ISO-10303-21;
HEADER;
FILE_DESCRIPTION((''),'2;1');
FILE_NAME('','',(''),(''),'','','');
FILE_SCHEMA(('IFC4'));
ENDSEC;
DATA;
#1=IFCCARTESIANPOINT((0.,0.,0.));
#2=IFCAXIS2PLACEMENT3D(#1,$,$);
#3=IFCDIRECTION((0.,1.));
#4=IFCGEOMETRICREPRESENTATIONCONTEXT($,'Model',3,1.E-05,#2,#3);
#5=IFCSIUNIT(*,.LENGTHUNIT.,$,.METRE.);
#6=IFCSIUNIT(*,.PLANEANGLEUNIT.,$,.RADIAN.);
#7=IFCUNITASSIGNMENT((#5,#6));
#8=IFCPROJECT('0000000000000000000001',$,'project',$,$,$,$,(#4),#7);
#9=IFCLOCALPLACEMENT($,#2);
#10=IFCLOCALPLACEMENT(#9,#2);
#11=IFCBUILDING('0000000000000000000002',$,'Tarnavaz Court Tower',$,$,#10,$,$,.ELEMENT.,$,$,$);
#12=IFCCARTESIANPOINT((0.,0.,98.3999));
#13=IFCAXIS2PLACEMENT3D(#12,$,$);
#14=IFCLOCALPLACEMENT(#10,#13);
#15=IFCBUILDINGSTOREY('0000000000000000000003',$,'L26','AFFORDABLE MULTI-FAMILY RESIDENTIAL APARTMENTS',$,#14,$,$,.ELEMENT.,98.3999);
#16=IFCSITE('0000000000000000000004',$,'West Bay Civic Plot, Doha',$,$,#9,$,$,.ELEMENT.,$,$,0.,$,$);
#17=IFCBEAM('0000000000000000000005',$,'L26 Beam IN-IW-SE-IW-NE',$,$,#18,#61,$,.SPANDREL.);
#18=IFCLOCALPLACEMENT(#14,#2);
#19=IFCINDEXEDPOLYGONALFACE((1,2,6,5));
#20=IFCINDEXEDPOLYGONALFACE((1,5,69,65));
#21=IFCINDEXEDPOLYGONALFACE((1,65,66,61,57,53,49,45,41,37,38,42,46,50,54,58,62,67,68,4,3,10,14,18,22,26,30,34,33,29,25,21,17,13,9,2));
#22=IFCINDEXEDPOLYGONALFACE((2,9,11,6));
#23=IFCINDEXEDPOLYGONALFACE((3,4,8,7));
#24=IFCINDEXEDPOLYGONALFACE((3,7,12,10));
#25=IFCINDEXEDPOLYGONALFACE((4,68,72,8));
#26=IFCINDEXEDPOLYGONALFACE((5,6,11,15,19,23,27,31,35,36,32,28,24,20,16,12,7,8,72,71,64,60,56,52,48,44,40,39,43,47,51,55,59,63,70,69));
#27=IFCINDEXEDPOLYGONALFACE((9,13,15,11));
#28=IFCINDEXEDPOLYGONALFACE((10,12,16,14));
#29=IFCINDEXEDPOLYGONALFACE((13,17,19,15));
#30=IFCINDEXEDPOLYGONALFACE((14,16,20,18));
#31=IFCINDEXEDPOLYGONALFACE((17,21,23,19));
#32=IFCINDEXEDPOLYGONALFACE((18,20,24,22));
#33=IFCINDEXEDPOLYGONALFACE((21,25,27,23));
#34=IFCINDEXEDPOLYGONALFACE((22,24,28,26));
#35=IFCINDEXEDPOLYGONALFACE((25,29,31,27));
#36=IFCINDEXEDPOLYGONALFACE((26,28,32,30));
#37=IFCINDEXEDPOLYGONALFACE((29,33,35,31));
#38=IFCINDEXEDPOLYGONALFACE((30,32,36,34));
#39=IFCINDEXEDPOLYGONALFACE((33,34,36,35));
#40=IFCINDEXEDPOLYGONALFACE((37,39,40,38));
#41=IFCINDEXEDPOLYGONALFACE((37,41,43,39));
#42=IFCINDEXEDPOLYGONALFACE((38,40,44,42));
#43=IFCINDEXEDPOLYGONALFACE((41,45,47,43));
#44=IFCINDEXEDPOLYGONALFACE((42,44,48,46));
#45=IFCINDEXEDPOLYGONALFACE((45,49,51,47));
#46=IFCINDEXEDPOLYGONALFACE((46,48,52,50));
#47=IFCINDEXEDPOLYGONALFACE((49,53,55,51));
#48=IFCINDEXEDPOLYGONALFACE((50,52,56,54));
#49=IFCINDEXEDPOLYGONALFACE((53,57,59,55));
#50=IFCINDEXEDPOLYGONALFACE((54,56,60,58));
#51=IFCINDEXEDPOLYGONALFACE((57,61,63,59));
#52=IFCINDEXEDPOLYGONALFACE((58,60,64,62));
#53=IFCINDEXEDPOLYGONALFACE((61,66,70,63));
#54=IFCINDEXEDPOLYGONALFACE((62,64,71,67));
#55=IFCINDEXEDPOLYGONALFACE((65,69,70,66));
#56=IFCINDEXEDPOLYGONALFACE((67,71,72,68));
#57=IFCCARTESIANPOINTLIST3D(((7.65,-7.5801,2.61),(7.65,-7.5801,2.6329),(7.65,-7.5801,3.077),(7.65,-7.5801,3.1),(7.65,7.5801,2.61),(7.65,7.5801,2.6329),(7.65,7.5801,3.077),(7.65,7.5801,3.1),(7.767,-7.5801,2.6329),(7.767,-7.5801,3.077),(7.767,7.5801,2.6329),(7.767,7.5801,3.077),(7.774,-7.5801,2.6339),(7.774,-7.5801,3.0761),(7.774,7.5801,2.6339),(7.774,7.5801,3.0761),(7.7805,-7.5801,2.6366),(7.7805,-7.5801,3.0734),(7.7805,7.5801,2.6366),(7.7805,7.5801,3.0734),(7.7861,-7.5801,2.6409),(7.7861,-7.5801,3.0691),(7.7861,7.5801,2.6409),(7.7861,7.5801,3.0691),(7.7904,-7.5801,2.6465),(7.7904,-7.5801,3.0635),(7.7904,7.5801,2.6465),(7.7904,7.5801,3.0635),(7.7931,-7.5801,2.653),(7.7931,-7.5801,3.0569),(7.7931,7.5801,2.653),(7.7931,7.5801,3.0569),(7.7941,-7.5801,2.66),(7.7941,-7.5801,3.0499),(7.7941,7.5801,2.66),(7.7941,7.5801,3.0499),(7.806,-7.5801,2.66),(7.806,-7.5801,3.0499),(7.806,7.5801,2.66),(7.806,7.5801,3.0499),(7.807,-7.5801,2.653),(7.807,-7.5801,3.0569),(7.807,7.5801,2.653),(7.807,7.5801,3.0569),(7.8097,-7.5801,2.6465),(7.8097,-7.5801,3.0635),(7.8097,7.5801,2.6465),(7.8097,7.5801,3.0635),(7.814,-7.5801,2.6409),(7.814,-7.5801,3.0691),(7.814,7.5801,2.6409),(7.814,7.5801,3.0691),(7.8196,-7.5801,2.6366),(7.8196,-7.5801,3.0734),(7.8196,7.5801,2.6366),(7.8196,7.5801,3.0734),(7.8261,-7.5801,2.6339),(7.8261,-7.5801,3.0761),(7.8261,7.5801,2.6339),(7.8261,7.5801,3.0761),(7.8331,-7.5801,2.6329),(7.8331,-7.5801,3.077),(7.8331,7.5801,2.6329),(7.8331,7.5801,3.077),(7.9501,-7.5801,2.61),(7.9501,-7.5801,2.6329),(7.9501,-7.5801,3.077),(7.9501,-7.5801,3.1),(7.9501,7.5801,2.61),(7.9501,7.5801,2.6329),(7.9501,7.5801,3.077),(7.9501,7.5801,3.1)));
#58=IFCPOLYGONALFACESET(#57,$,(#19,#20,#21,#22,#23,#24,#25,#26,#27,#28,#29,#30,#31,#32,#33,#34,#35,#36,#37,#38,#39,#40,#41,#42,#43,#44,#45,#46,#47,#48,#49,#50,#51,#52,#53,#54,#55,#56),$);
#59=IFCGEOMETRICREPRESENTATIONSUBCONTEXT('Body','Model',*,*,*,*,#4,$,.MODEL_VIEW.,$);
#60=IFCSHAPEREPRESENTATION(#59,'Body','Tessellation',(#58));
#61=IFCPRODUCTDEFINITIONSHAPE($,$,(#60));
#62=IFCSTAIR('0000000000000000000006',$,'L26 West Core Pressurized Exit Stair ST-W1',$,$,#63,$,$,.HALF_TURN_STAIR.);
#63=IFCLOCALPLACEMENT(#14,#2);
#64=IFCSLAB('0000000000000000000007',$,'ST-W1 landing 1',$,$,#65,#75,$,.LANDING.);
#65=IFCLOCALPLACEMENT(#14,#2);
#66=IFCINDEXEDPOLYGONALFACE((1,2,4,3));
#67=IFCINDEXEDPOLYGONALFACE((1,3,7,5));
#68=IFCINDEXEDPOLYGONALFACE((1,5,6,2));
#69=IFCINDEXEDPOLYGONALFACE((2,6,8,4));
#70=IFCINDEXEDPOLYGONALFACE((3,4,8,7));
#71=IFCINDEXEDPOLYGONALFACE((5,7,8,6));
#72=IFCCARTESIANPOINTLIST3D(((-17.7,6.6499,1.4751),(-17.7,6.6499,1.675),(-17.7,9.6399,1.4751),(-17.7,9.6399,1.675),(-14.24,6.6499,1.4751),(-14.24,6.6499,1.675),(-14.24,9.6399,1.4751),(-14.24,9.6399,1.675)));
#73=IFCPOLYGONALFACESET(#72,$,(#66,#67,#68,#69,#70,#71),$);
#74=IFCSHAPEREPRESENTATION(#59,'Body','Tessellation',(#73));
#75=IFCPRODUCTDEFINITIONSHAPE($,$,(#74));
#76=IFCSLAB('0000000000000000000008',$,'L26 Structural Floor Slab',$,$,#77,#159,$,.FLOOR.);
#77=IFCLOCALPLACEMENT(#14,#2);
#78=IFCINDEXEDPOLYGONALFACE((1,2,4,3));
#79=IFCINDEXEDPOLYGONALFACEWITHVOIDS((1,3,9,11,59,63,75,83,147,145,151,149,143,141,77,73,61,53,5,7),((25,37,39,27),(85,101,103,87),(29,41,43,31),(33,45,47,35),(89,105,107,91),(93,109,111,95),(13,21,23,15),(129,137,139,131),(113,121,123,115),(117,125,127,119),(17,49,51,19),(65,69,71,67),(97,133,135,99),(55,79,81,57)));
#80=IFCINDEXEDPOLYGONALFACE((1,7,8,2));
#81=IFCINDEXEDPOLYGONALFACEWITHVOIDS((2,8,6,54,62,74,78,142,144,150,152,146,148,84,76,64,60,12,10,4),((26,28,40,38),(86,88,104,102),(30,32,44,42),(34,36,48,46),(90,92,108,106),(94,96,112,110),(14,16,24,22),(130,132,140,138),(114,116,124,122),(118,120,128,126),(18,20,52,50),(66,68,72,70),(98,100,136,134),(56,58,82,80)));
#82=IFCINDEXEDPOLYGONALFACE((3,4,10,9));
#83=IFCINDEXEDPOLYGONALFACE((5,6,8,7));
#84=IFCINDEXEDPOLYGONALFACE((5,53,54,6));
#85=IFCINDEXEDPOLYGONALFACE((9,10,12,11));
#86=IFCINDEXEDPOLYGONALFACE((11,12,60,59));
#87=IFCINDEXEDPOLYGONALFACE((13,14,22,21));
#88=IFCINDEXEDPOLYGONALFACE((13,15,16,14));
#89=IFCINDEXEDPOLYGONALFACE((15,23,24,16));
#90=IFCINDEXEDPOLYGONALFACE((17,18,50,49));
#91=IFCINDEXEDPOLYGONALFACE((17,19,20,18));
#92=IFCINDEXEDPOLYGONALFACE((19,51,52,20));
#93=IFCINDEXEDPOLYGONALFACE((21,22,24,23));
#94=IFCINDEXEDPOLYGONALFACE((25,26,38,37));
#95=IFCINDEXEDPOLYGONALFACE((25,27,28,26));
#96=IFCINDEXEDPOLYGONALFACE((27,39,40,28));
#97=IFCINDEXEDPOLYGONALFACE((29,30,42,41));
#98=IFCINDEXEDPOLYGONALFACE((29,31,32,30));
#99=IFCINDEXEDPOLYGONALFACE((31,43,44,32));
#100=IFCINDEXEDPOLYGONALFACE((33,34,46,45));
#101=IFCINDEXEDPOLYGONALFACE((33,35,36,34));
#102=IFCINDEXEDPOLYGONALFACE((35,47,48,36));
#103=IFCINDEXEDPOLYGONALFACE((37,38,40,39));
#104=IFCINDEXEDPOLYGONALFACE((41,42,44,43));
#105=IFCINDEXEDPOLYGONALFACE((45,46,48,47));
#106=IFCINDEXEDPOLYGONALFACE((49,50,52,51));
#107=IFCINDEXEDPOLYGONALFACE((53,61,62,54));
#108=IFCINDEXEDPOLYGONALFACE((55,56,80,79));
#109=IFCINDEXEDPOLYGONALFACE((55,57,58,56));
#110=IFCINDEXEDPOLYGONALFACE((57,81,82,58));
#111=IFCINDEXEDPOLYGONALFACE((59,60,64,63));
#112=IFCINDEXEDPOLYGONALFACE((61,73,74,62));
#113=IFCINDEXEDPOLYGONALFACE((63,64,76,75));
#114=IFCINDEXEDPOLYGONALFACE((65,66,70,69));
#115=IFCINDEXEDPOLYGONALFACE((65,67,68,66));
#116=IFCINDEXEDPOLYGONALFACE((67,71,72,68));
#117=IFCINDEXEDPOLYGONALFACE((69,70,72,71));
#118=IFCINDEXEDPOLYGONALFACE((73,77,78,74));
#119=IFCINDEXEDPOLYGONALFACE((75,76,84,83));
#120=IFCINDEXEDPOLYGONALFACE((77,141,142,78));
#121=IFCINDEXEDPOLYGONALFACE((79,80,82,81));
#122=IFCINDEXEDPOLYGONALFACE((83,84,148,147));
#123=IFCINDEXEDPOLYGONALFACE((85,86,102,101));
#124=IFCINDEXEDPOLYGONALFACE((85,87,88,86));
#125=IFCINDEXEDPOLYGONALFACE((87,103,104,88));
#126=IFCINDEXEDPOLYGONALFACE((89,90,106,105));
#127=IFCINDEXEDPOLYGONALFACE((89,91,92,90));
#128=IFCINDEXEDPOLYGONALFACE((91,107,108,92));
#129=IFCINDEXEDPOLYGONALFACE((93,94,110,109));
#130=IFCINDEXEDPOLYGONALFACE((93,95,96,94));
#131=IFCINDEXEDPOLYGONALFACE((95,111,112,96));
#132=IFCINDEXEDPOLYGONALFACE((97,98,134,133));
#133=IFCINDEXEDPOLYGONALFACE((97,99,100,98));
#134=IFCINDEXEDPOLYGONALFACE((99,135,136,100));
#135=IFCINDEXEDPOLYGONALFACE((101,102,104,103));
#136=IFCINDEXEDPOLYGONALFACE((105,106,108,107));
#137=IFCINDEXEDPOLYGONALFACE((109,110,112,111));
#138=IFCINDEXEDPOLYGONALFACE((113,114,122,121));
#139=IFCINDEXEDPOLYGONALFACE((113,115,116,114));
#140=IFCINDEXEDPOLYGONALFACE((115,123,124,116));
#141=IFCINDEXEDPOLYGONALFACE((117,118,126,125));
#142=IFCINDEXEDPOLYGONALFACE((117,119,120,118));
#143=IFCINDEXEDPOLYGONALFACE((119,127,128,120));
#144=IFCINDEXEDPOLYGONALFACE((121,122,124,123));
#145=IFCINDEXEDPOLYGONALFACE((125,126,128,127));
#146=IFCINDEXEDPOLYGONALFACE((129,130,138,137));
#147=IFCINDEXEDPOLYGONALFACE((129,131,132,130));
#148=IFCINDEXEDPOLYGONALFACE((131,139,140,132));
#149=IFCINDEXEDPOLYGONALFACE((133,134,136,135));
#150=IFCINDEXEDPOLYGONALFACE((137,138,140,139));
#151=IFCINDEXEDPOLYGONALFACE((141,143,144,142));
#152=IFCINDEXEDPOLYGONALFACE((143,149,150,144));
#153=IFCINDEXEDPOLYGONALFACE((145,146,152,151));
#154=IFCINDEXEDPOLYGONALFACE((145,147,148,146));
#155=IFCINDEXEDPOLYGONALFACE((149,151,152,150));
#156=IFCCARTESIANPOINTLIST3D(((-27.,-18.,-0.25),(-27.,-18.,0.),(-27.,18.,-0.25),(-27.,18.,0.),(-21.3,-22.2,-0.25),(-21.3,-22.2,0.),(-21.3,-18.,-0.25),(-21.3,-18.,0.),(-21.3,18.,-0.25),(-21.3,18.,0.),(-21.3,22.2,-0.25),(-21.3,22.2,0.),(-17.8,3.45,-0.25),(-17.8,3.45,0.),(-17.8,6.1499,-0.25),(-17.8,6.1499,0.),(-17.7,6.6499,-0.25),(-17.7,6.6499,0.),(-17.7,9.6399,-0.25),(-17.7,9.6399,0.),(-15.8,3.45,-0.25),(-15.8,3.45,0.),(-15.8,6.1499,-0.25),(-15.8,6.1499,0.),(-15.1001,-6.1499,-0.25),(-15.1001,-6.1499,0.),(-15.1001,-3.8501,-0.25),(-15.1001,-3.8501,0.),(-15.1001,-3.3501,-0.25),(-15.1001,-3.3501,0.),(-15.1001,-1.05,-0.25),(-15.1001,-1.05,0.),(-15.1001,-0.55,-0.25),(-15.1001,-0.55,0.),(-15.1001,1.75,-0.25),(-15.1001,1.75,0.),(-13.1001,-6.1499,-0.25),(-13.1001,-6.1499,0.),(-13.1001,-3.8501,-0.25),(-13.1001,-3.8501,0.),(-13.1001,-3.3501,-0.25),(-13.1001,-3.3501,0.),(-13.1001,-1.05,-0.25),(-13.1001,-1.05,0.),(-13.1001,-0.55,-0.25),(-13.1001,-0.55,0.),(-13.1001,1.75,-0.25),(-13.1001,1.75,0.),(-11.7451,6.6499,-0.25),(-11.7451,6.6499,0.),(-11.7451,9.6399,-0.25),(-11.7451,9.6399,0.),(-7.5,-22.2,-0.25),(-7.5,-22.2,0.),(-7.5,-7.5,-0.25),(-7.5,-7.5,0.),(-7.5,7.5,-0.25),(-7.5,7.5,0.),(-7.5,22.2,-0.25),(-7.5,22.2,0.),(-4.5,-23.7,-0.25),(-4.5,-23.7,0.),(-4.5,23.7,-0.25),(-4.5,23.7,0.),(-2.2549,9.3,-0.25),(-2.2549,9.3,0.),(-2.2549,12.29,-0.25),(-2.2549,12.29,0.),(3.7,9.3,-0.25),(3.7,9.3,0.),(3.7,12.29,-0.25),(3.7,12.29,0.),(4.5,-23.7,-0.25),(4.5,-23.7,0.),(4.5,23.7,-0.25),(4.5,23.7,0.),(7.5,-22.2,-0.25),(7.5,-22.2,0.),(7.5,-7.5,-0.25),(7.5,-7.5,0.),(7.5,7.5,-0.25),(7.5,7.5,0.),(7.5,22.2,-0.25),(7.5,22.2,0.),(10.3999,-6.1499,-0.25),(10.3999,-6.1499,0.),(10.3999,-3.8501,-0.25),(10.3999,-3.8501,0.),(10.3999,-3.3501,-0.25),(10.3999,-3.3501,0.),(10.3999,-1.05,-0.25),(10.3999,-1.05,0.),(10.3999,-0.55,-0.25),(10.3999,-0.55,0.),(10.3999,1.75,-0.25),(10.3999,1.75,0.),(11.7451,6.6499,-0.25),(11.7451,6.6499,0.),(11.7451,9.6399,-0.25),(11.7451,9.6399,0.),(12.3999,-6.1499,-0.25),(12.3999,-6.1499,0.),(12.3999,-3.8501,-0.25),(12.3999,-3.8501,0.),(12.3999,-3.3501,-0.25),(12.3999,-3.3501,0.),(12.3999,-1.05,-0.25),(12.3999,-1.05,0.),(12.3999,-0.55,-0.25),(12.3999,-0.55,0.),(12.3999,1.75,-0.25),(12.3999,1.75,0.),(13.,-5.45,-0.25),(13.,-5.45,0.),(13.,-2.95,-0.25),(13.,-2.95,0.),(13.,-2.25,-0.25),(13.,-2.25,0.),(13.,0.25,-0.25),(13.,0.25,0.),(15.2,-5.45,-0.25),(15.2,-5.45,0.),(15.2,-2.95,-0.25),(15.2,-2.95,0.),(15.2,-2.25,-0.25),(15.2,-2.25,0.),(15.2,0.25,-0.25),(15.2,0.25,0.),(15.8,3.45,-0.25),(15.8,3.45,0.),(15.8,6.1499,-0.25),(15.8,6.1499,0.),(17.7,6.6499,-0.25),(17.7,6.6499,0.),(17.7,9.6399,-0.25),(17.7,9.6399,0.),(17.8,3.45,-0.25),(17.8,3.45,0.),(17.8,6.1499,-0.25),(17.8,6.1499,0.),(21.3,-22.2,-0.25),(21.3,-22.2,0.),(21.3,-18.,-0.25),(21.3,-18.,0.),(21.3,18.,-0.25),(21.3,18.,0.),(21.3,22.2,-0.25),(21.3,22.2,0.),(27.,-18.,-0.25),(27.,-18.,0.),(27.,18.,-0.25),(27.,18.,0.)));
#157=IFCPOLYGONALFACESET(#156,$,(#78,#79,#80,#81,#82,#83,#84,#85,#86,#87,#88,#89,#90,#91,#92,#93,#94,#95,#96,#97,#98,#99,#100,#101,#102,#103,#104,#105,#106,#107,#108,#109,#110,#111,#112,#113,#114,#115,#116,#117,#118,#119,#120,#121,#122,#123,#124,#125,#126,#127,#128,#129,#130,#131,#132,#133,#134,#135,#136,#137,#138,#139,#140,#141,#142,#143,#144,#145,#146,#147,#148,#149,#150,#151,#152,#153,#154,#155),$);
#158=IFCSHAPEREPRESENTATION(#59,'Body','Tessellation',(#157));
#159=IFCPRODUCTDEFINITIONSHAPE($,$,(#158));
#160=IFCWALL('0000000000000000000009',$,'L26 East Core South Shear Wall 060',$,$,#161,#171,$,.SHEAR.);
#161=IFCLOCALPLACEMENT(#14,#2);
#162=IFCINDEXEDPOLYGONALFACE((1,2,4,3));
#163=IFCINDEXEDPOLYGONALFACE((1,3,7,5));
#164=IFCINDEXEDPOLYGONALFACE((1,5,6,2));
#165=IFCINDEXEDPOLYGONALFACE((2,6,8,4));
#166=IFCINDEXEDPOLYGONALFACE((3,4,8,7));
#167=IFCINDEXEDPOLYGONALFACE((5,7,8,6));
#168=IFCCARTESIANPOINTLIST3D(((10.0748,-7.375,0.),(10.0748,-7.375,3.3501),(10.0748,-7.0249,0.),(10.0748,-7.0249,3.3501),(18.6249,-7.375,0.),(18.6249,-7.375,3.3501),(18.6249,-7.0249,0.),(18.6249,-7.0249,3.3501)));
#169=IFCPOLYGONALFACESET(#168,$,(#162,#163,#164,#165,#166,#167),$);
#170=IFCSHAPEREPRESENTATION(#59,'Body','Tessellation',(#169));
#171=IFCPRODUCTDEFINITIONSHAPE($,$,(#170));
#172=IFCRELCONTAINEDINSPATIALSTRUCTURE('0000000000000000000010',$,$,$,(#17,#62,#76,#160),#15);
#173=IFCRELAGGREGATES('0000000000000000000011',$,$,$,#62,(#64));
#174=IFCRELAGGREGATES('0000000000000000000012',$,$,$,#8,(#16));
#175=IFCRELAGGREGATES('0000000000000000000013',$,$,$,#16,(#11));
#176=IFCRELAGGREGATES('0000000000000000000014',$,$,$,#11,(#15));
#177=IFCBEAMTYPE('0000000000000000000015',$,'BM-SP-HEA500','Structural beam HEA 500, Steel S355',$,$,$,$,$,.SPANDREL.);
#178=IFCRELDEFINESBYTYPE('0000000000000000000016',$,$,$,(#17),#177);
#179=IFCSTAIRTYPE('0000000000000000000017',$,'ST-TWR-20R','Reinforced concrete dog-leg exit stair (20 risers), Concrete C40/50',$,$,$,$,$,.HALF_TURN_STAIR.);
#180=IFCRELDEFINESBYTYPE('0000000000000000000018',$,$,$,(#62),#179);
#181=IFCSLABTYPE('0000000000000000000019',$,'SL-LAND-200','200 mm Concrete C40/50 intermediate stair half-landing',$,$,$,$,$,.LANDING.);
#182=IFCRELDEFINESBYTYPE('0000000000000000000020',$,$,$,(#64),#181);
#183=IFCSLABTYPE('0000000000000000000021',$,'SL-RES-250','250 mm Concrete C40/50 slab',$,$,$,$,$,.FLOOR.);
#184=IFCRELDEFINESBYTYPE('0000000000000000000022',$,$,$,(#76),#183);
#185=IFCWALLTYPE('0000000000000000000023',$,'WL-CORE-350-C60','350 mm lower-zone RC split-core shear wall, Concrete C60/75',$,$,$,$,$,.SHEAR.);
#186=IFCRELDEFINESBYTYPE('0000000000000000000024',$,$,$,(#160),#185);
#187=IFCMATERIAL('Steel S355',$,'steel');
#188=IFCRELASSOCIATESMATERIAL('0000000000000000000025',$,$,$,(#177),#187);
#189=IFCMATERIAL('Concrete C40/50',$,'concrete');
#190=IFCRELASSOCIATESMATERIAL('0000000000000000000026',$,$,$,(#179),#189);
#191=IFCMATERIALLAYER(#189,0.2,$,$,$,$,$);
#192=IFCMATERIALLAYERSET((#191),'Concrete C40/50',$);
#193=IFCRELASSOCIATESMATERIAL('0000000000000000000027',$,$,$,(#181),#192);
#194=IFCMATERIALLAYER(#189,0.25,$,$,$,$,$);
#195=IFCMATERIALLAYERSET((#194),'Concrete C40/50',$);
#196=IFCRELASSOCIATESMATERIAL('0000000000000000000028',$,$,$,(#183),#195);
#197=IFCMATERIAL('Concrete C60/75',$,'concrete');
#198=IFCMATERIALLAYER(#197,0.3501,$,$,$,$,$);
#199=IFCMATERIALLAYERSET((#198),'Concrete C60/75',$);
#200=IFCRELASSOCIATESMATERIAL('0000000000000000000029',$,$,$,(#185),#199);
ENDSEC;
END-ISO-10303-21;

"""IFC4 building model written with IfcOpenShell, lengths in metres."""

from ifc_helpers import new_model, si_unit, direction, frame, frame_2d, origin, origin_2d, place, context, subcontext, project, spatial, polyline, rectangle, i_section, outline, extrude, material, layer, layer_set, material_profile, profile_set, type_object, element, aggregate, save


model = new_model("IFC4")

# Units and contexts
model_context = context("Model", 3, precision=1e-05, world=origin(), true_north=direction((0.0, 1.0)))
body_context = subcontext(model_context, "Body", "Model", "MODEL_VIEW")
ifc_project = project(units=[si_unit("LENGTHUNIT", "METRE"), si_unit("PLANEANGLEUNIT", "RADIAN")], contexts=[model_context])

# Site, building, storey
site_placement = place(None, origin())
site = spatial("IfcSite", under=ifc_project, at=site_placement, Name="West Bay Civic Plot, Doha", CompositionType="ELEMENT", RefElevation=0.0)
building_placement = place(site_placement, origin())
building = spatial("IfcBuilding", under=site, at=building_placement, Name="Tarnavaz Court Tower", CompositionType="ELEMENT")
storey_placement = place(building_placement, frame((0.0, 0.0, 98.3999)))
storey = spatial("IfcBuildingStorey", under=building, at=storey_placement, Name="L26", Description="AFFORDABLE MULTI-FAMILY RESIDENTIAL APARTMENTS", CompositionType="ELEMENT", Elevation=98.3999)

# Shared definitions
ifc_material_1 = material(Name="Concrete C60/75", Category="concrete")

# Beam
ifc_material_2 = material(Name="Steel S355", Category="steel")
ifc_material_profile_1 = material_profile(ifc_material_2, i_section(OverallWidth=0.3, OverallDepth=0.49, WebThickness=0.012, FlangeThickness=0.0229, FilletRadius=0.0271, at=origin_2d()), Name="HEA 500")
ifc_profile_set_1 = profile_set([ifc_material_profile_1], Name="Steel S355")
beam_type_1 = type_object("IfcBeamType", Name="BM-SP-HEA500", Description="Structural beam HEA 500, Steel S355", PredefinedType="SPANDREL", material=ifc_profile_set_1)
beam_1_placement = place(storey_placement, frame((7.8, -7.5801, 2.855), z_axis=(0.0, 1.0, 0.0), x_axis=(-1.0, 0.0, 0.0)))
element("IfcBeam", 1, at=beam_1_placement, inside=storey, type_object=beam_type_1, Name="L26 Beam IN-IW-SE-IW-NE", PredefinedType="SPANDREL", context=body_context, shape_type="SweptSolid", body=[
    extrude(i_section(OverallWidth=0.3, OverallDepth=0.49, WebThickness=0.012, FlangeThickness=0.0229, FilletRadius=0.0271, at=origin_2d()), origin(), (0.0, 0.0, 1.0), 15.1602),
])

# Stair, slab
ifc_material_3 = material(Name="Concrete C40/50", Category="concrete")
stair_type = type_object("IfcStairType", Name="ST-TWR-20R", Description="Reinforced concrete dog-leg exit stair (20 risers), Concrete C40/50", PredefinedType="HALF_TURN_STAIR", material=ifc_material_3)
stair_placement = place(storey_placement, origin())
stair = element("IfcStair", 2, at=stair_placement, inside=storey, type_object=stair_type, Name="L26 West Core Pressurized Exit Stair ST-W1", PredefinedType="HALF_TURN_STAIR")
ifc_layer_1 = layer(ifc_material_3, 0.2)
ifc_layer_set_1 = layer_set([ifc_layer_1], Name="Concrete C40/50")
slab_type_1 = type_object("IfcSlabType", Name="SL-LAND-200", Description="200 mm Concrete C40/50 intermediate stair half-landing", PredefinedType="LANDING", material=ifc_layer_set_1)
slab_1_placement = place(storey_placement, frame((0.0, 0.0, 1.4751)))
slab_1 = element("IfcSlab", 3, at=slab_1_placement, type_object=slab_type_1, Name="ST-W1 landing 1", PredefinedType="LANDING", context=body_context, shape_type="SweptSolid", body=[
    extrude(outline(polyline([(-14.24, 9.6399), (-17.7, 9.6399), (-17.7, 6.6499), (-14.24, 6.6499), (-14.24, 9.6399)])), origin(), (0.0, 0.0, 1.0), 0.2),
])
aggregate(stair, [slab_1])

# Slab
ifc_layer_2 = layer(ifc_material_3, 0.25)
ifc_layer_set_2 = layer_set([ifc_layer_2], Name="Concrete C40/50")
slab_type_2 = type_object("IfcSlabType", Name="SL-RES-250", Description="250 mm Concrete C40/50 slab", PredefinedType="FLOOR", material=ifc_layer_set_2)
slab_2_placement = place(storey_placement, frame((0.0, 0.0, -0.25)))
element("IfcSlab", 4, at=slab_2_placement, inside=storey, type_object=slab_type_2, Name="L26 Structural Floor Slab", PredefinedType="FLOOR", context=body_context, shape_type="SweptSolid", body=[
    extrude(outline(polyline([(-21.3, -22.2), (-7.5, -22.2), (-4.5, -23.7), (4.5, -23.7), (7.5, -22.2), (21.3, -22.2), (21.3, -18.0), (27.0, -18.0), (27.0, 18.0), (21.3, 18.0), (21.3, 22.2), (7.5, 22.2), (4.5, 23.7), (-4.5, 23.7), (-7.5, 22.2), (-21.3, 22.2), (-21.3, 18.0), (-27.0, 18.0), (-27.0, -18.0), (-21.3, -18.0), (-21.3, -22.2)]), holes=[polyline([(-7.5, -7.5), (7.5, -7.5), (7.5, 7.5), (-7.5, 7.5), (-7.5, -7.5)]), polyline([(-11.7451, 9.6399), (-17.7, 9.6399), (-17.7, 6.6499), (-11.7451, 6.6499), (-11.7451, 9.6399)]), polyline([(11.7451, 6.6499), (17.7, 6.6499), (17.7, 9.6399), (11.7451, 9.6399), (11.7451, 6.6499)]), polyline([(-2.2549, 9.3), (3.7, 9.3), (3.7, 12.29), (-2.2549, 12.29), (-2.2549, 9.3)]), polyline([(-17.8, 3.45), (-15.8, 3.45), (-15.8, 6.1499), (-17.8, 6.1499), (-17.8, 3.45)]), polyline([(-15.1001, -6.1499), (-13.1001, -6.1499), (-13.1001, -3.8501), (-15.1001, -3.8501), (-15.1001, -6.1499)]), polyline([(-15.1001, -3.3501), (-13.1001, -3.3501), (-13.1001, -1.05), (-15.1001, -1.05), (-15.1001, -3.3501)]), polyline([(-15.1001, -0.55), (-13.1001, -0.55), (-13.1001, 1.75), (-15.1001, 1.75), (-15.1001, -0.55)]), polyline([(15.8, 3.45), (17.8, 3.45), (17.8, 6.1499), (15.8, 6.1499), (15.8, 3.45)]), polyline([(10.3999, -6.1499), (12.3999, -6.1499), (12.3999, -3.8501), (10.3999, -3.8501), (10.3999, -6.1499)]), polyline([(10.3999, -3.3501), (12.3999, -3.3501), (12.3999, -1.05), (10.3999, -1.05), (10.3999, -3.3501)]), polyline([(10.3999, -0.55), (12.3999, -0.55), (12.3999, 1.75), (10.3999, 1.75), (10.3999, -0.55)]), polyline([(13.0, -5.45), (15.2, -5.45), (15.2, -2.95), (13.0, -2.95), (13.0, -5.45)]), polyline([(13.0, -2.25), (15.2, -2.25), (15.2, 0.25), (13.0, 0.25), (13.0, -2.25)])]), origin(), (0.0, 0.0, 1.0), 0.25),
])

# Wall
ifc_layer_3 = layer(ifc_material_1, 0.3501)
ifc_layer_set_3 = layer_set([ifc_layer_3], Name="Concrete C60/75")
wall_type_1 = type_object("IfcWallType", Name="WL-CORE-350-C60", Description="350 mm lower-zone RC split-core shear wall, Concrete C60/75", PredefinedType="SHEAR", material=ifc_layer_set_3)
wall_1_placement = place(storey_placement, frame((10.075, -7.2, 0.0), z_axis=(0.0, 0.0, 1.0), x_axis=(1.0, 0.0, 0.0)))
element("IfcWall", 5, at=wall_1_placement, inside=storey, type_object=wall_type_1, Name="L26 East Core South Shear Wall 060", PredefinedType="SHEAR", context=body_context, shape_type="SweptSolid", body=[
    extrude(rectangle(XDim=8.55, YDim=0.3501, at=frame_2d((4.2749, 0.0))), origin(), (0.0, 0.0, 1.0), 3.3501),
])

save(model, "model.ifc")
